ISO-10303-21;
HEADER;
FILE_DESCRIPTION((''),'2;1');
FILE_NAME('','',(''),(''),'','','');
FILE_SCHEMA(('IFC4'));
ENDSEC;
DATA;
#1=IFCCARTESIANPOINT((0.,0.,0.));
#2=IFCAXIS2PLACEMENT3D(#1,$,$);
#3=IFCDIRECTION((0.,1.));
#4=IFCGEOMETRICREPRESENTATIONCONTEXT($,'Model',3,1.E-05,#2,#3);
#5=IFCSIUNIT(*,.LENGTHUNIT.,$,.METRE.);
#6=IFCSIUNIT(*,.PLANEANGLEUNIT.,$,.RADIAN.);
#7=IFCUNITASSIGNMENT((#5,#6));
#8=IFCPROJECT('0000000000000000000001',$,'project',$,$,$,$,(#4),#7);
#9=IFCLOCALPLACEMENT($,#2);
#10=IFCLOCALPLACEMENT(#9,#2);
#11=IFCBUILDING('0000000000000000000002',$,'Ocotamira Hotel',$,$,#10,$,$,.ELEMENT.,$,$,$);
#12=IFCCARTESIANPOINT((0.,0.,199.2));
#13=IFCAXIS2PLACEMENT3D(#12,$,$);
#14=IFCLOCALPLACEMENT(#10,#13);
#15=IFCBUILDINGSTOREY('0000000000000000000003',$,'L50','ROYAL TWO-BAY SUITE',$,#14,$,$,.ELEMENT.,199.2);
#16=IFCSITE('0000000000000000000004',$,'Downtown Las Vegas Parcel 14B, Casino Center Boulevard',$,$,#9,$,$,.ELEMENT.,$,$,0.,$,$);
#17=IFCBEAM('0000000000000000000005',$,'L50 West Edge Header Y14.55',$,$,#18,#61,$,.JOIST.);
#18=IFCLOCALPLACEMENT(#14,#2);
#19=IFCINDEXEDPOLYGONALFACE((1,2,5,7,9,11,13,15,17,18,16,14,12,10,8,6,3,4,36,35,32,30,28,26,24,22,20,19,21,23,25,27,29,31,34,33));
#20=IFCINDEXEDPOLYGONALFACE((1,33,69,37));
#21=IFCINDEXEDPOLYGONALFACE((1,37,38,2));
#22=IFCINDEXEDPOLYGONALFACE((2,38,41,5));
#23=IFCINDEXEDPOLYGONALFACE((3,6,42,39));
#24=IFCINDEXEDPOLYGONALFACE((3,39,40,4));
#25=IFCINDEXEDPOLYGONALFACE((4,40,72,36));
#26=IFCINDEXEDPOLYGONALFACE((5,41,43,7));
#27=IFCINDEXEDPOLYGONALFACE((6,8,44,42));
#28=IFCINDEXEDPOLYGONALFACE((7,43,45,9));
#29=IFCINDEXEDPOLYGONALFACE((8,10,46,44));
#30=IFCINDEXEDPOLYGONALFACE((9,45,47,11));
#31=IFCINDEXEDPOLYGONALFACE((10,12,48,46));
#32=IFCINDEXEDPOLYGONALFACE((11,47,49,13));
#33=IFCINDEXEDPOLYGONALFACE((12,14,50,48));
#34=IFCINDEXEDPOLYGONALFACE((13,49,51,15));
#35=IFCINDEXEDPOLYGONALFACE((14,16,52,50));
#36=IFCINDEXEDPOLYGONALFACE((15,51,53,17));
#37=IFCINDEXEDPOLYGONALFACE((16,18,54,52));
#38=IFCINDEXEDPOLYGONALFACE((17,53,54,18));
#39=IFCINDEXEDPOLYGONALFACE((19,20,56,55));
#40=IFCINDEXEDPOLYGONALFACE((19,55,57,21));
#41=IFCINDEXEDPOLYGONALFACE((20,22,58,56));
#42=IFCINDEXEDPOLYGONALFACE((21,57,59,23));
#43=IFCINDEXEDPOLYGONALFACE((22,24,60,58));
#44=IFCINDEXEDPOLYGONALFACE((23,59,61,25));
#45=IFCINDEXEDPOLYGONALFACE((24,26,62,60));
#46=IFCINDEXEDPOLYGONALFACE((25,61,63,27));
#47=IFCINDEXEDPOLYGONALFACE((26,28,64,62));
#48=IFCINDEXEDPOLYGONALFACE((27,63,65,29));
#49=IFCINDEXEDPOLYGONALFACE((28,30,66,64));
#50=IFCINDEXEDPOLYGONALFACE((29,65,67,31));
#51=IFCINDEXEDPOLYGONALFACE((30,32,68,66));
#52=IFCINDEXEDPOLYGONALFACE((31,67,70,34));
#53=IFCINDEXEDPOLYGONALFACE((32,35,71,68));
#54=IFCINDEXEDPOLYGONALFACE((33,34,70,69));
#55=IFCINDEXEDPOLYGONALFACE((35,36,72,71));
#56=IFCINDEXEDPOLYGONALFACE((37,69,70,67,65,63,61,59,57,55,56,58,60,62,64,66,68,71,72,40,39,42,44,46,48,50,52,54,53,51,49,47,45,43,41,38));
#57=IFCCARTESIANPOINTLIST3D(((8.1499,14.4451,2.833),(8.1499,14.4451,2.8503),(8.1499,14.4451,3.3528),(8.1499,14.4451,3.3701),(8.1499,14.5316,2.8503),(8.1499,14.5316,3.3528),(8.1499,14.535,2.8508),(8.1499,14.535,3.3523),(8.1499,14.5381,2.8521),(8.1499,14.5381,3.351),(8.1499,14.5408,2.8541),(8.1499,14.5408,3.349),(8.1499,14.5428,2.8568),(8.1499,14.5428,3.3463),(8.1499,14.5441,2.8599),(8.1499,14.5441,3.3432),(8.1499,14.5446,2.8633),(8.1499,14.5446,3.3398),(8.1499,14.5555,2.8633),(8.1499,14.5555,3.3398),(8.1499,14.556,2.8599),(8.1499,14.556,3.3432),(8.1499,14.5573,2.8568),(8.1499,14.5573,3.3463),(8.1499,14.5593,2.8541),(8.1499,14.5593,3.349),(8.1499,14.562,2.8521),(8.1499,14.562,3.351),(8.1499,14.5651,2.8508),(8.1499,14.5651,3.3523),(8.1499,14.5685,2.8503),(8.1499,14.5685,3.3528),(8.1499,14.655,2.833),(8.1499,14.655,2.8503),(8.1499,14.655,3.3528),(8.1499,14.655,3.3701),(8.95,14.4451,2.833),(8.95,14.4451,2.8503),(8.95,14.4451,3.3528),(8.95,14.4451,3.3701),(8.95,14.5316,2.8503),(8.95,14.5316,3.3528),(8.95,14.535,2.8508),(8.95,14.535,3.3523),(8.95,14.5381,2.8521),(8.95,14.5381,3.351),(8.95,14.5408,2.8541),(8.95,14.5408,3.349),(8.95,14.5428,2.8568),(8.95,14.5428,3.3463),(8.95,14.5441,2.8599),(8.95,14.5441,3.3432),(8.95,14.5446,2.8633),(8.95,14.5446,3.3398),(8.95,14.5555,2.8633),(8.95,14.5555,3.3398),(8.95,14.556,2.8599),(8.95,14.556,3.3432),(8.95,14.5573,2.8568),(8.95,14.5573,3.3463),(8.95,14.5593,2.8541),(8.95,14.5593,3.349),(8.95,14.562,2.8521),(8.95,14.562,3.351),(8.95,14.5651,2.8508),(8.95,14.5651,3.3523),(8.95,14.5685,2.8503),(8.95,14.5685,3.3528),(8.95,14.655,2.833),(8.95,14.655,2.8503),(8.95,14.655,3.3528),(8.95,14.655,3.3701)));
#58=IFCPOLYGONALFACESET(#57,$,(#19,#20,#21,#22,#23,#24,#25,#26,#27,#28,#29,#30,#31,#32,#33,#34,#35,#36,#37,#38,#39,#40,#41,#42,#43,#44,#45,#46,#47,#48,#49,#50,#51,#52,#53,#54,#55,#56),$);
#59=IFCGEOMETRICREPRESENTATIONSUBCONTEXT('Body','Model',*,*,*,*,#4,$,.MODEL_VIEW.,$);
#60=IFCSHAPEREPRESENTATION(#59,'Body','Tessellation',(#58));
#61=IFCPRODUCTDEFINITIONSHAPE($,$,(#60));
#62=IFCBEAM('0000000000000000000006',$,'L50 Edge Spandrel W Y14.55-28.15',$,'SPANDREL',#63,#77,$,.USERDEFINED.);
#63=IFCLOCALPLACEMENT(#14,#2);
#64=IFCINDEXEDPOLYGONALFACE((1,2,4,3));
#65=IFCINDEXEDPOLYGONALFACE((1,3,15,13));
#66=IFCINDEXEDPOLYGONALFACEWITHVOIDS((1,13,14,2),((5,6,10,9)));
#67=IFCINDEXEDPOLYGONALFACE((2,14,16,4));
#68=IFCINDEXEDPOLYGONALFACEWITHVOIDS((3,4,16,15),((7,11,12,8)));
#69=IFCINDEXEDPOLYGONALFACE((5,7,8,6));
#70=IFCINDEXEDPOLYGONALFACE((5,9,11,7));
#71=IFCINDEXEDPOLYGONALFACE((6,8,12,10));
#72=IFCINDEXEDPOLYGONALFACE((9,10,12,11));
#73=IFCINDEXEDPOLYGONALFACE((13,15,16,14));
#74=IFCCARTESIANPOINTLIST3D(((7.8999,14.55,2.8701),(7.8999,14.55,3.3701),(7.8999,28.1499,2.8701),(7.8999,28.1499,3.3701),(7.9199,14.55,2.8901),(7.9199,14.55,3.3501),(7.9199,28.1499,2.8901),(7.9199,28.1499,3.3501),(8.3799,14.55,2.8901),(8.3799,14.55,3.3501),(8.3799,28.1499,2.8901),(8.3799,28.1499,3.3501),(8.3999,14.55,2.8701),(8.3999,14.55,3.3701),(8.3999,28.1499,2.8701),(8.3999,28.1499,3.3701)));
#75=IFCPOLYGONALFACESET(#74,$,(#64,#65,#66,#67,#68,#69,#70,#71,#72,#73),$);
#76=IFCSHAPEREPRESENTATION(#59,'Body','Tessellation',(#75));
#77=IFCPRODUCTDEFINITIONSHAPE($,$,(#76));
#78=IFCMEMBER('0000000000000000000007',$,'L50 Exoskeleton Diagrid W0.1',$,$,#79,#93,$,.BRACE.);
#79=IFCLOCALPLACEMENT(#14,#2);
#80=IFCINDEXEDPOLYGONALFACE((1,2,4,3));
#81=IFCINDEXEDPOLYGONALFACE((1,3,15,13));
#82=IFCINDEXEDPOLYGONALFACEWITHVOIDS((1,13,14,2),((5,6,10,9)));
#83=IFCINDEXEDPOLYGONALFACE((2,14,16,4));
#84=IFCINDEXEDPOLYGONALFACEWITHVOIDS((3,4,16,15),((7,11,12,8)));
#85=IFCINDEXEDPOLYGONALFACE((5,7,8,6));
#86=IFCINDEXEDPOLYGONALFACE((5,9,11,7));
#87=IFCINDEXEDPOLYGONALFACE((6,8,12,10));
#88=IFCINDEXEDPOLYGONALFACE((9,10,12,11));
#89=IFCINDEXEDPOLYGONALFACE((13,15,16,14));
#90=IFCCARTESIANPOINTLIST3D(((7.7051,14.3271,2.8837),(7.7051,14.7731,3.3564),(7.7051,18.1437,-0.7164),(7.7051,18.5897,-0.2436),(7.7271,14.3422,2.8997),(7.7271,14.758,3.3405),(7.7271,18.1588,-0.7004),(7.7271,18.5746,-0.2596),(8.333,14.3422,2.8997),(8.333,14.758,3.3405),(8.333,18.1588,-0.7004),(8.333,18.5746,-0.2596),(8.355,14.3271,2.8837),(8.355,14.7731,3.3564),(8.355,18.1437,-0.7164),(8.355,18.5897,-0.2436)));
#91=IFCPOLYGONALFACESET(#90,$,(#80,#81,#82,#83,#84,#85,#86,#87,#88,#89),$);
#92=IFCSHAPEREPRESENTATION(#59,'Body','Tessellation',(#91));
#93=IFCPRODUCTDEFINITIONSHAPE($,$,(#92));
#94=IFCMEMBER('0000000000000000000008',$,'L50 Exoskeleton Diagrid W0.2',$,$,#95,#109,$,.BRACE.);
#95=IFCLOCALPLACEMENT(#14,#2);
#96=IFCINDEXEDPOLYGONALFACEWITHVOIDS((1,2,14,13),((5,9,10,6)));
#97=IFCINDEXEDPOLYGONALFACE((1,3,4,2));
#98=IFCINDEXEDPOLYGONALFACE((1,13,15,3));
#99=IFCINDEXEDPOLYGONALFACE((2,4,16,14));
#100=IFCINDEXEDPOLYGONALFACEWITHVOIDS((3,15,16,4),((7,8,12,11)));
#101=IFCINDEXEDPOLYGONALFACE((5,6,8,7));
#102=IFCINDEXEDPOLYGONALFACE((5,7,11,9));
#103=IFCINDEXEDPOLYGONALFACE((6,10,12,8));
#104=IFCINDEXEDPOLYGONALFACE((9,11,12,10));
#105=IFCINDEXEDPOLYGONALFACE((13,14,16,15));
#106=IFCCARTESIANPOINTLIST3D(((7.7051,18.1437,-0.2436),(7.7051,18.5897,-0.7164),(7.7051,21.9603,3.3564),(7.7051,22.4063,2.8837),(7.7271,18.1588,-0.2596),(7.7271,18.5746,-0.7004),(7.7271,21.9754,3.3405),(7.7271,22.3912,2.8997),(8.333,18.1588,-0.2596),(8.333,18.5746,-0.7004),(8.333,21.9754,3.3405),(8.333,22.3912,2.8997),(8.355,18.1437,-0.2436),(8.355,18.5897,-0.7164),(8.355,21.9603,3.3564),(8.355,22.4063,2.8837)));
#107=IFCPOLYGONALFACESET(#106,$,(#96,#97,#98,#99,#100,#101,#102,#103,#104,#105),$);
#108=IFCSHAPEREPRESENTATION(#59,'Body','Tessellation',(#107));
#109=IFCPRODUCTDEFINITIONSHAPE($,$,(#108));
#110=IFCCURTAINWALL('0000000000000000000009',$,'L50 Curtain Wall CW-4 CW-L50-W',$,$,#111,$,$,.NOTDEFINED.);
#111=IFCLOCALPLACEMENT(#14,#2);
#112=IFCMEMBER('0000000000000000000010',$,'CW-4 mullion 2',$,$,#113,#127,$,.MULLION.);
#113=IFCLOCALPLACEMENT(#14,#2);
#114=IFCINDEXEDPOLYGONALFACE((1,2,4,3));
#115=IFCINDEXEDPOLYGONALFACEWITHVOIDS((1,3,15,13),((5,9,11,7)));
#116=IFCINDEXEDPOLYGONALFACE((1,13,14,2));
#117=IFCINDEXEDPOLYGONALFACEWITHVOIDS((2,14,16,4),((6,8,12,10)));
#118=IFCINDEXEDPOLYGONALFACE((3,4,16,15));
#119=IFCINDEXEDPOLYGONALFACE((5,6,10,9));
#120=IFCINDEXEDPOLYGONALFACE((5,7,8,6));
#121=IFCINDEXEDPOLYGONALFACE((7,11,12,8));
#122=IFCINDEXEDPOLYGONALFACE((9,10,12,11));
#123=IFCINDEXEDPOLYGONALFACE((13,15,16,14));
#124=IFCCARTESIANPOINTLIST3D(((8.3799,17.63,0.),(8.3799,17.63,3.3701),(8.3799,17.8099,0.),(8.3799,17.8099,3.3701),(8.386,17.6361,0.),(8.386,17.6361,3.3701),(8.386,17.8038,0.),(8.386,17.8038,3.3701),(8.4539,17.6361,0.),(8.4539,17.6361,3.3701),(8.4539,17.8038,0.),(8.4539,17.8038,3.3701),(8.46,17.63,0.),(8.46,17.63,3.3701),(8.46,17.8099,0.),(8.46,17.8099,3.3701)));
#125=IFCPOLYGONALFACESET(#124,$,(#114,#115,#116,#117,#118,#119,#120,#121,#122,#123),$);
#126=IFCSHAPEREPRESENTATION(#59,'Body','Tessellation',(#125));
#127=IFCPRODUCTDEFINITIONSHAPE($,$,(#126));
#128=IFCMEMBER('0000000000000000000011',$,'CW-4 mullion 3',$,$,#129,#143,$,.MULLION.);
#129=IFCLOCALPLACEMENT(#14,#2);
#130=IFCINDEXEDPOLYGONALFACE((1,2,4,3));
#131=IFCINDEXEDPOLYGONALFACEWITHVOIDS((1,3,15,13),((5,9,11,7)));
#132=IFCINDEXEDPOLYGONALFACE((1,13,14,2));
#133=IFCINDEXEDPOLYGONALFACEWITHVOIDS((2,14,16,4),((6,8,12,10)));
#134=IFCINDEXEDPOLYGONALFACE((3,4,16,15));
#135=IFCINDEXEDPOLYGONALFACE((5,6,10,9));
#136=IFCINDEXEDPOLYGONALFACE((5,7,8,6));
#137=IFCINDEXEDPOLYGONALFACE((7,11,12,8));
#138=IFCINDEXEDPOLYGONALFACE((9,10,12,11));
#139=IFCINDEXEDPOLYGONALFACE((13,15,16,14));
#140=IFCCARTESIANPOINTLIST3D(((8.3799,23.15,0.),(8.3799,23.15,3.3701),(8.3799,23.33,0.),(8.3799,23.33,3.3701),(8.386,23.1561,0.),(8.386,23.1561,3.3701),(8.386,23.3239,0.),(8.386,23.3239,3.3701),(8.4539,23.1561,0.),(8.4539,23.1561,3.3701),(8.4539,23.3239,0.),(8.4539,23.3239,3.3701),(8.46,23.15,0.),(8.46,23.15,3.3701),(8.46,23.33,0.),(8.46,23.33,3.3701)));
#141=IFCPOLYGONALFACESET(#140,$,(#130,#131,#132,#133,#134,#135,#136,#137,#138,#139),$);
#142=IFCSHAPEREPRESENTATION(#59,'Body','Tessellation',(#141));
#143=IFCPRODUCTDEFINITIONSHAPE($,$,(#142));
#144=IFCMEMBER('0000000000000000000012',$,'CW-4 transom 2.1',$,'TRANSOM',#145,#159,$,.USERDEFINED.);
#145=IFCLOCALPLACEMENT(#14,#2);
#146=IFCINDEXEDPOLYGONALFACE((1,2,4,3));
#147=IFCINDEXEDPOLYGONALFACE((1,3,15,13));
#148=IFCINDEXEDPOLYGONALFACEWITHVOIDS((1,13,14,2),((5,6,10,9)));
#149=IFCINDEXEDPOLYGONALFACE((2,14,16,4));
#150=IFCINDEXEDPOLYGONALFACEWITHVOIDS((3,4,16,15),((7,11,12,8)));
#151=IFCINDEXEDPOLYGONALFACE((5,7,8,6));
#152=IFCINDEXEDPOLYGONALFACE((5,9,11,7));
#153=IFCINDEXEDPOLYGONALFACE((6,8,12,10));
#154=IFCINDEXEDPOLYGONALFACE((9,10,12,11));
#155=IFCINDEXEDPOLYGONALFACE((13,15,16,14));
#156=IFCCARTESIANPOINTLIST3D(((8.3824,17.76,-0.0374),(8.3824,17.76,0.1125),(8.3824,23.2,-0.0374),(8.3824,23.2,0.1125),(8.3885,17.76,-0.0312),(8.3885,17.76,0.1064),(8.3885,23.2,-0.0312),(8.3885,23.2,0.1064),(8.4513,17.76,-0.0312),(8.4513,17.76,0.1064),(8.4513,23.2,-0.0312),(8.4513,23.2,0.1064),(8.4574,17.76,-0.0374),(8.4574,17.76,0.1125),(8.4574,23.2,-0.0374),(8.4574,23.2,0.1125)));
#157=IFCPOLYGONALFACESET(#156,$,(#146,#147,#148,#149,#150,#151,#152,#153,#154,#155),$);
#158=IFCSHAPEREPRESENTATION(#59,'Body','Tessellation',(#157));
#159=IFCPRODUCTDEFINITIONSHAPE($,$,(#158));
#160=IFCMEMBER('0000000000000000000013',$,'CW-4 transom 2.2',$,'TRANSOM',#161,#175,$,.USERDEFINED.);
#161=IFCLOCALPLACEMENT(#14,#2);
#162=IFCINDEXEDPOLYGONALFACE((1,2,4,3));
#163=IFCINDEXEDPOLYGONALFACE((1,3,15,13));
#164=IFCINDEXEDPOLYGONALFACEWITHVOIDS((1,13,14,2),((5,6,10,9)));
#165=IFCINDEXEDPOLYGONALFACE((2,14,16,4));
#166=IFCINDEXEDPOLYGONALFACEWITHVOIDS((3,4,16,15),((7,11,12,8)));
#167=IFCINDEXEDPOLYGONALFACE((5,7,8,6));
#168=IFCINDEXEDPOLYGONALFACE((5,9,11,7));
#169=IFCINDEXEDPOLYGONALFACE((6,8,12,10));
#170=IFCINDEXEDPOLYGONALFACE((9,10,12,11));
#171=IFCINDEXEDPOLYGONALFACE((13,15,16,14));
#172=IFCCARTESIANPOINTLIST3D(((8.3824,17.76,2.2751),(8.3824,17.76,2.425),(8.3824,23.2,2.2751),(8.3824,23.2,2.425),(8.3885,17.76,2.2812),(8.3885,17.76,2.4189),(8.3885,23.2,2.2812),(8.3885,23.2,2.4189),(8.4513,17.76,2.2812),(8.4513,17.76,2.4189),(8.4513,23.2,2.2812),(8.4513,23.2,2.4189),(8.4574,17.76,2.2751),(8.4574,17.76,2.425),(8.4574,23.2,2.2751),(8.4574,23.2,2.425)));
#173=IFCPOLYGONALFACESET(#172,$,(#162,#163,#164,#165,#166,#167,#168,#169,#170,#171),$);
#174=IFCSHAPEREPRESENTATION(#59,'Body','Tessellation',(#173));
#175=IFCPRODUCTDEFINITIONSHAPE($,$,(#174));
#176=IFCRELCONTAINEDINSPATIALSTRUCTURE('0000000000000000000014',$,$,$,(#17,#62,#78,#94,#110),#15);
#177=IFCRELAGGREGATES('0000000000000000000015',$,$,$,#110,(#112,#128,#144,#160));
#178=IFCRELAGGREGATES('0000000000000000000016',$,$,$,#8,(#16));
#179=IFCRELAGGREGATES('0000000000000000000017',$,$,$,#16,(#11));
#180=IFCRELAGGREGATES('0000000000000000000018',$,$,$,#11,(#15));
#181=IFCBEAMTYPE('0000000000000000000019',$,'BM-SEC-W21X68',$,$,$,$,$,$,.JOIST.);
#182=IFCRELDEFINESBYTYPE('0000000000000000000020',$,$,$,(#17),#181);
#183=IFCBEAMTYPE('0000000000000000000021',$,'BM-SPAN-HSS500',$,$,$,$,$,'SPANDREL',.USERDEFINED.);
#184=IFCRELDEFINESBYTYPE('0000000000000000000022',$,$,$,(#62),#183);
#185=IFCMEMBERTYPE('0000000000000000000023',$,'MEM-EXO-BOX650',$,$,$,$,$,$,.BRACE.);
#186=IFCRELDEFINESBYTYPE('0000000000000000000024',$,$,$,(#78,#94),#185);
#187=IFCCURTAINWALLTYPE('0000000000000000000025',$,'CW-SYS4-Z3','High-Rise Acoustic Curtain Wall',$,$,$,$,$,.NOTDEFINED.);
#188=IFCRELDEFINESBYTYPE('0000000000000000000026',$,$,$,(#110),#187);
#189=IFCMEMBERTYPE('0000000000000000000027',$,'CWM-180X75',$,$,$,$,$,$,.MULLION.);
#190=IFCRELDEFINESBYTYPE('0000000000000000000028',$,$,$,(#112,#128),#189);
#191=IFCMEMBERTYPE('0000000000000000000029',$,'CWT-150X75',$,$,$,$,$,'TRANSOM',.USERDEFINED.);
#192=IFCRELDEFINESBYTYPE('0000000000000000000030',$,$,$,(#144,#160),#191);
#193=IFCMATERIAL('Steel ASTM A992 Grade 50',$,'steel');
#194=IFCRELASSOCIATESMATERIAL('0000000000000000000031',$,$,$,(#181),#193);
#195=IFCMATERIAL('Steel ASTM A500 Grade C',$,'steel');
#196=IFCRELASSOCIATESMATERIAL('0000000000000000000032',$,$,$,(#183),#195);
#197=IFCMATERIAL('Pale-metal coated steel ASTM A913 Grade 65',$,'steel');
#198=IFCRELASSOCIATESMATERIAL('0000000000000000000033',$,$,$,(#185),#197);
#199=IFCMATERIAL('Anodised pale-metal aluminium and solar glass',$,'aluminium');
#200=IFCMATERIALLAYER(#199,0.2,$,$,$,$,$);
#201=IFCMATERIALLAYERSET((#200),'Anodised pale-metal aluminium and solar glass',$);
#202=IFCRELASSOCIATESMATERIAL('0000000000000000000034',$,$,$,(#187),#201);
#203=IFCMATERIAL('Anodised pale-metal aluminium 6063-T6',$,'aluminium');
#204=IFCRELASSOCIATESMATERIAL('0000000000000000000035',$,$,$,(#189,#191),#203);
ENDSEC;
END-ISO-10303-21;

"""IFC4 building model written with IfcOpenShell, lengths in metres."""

from ifc_helpers import new_model, si_unit, direction, frame, origin, origin_2d, place, context, subcontext, project, spatial, hollow_rectangle, i_section, extrude, source, transform, mapped, material, layer, layer_set, material_profile, profile_set, type_object, element, aggregate, save


model = new_model("IFC4")

# Units and contexts
model_context = context("Model", 3, precision=1e-05, world=origin(), true_north=direction((0.0, 1.0)))
body_context = subcontext(model_context, "Body", "Model", "MODEL_VIEW")
ifc_project = project(units=[si_unit("LENGTHUNIT", "METRE"), si_unit("PLANEANGLEUNIT", "RADIAN")], contexts=[model_context])

# Site, building, storey
site_placement = place(None, origin())
site = spatial("IfcSite", under=ifc_project, at=site_placement, Name="Downtown Las Vegas Parcel 14B, Casino Center Boulevard", CompositionType="ELEMENT", RefElevation=0.0)
building_placement = place(site_placement, origin())
building = spatial("IfcBuilding", under=site, at=building_placement, Name="Ocotamira Hotel", CompositionType="ELEMENT")
storey_placement = place(building_placement, frame((0.0, 0.0, 199.2)))
storey = spatial("IfcBuildingStorey", under=building, at=storey_placement, Name="L50", Description="ROYAL TWO-BAY SUITE", CompositionType="ELEMENT", Elevation=199.2)

# Beams
ifc_material_1 = material(Name="Steel ASTM A992 Grade 50", Category="steel")
ifc_material_profile_1 = material_profile(ifc_material_1, i_section(OverallWidth=0.21, OverallDepth=0.5371, WebThickness=0.011, FlangeThickness=0.0173, FilletRadius=0.0129, at=origin_2d()), Name="W21X68")
ifc_profile_set_1 = profile_set([ifc_material_profile_1], Name="Steel ASTM A992 Grade 50")
beam_type_1 = type_object("IfcBeamType", Name="BM-SEC-W21X68", PredefinedType="JOIST", material=ifc_profile_set_1)
shared_shape_1 = source(origin(), body_context, "Body", "SweptSolid", [
    extrude(i_section(OverallWidth=0.21, OverallDepth=0.5371, WebThickness=0.011, FlangeThickness=0.0173, FilletRadius=0.0129, at=origin_2d()), origin(), (0.0, 0.0, 1.0), 0.8),
])
beam_1_placement = place(storey_placement, frame((8.95, 14.55, 3.1016), z_axis=(-1.0, 0.0, 0.0), x_axis=(0.0, -1.0, 0.0)))
element("IfcBeam", 1, at=beam_1_placement, inside=storey, type_object=beam_type_1, Name="L50 West Edge Header Y14.55", PredefinedType="JOIST", context=body_context, shape_type="MappedRepresentation", body=[
    mapped(shared_shape_1, transform((0.0, 0.0, 0.0), scale=1.0)),
])
ifc_material_2 = material(Name="Steel ASTM A500 Grade C", Category="steel")
ifc_material_profile_2 = material_profile(ifc_material_2, hollow_rectangle(XDim=0.5, YDim=0.5, WallThickness=0.02, at=origin_2d()), Name="HSS500X500X20")
ifc_profile_set_2 = profile_set([ifc_material_profile_2], Name="Steel ASTM A500 Grade C")
beam_type_2 = type_object("IfcBeamType", Name="BM-SPAN-HSS500", ElementType="SPANDREL", PredefinedType="USERDEFINED", material=ifc_profile_set_2)
shared_shape_2 = source(origin(), body_context, "Body", "SweptSolid", [
    extrude(hollow_rectangle(XDim=0.5, YDim=0.5, WallThickness=0.02, at=origin_2d()), origin(), (0.0, 0.0, 1.0), 13.5999),
])
beam_2_placement = place(storey_placement, frame((8.1499, 14.55, 3.1201), z_axis=(0.0, 1.0, 0.0), x_axis=(-1.0, 0.0, 0.0)))
element("IfcBeam", 2, at=beam_2_placement, inside=storey, type_object=beam_type_2, Name="L50 Edge Spandrel W Y14.55-28.15", ObjectType="SPANDREL", PredefinedType="USERDEFINED", context=body_context, shape_type="MappedRepresentation", body=[
    mapped(shared_shape_2, transform((0.0, 0.0, 0.0), scale=1.0)),
])

# Members
ifc_material_3 = material(Name="Pale-metal coated steel ASTM A913 Grade 65", Category="steel")
ifc_material_profile_3 = material_profile(ifc_material_3, hollow_rectangle(XDim=0.6499, YDim=0.6499, WallThickness=0.022, at=origin_2d()), Name="BOX650X650X22")
ifc_profile_set_3 = profile_set([ifc_material_profile_3], Name="Pale-metal coated steel ASTM A913 Grade 65")
member_type_1 = type_object("IfcMemberType", Name="MEM-EXO-BOX650", PredefinedType="BRACE", material=ifc_profile_set_3)
shared_shape_3 = source(origin(), body_context, "Body", "SweptSolid", [
    extrude(hollow_rectangle(XDim=0.6499, YDim=0.6499, WallThickness=0.022, at=origin_2d()), origin(), (0.0, 0.0, 1.0), 5.2466),
])
for number, where, z_axis, x_axis, name in (
    (3, (8.03, 18.3667, -0.48), (0.0, -0.727443, 0.686168), (1.0, 0.0, 0.0), "L50 Exoskeleton Diagrid W0.1"),
    (4, (8.03, 18.3667, -0.48), (0.0, 0.727443, 0.686168), (-1.0, 0.0, 0.0), "L50 Exoskeleton Diagrid W0.2"),
):
    element("IfcMember", number, at=place(storey_placement, frame(where, z_axis=z_axis, x_axis=x_axis)), inside=storey, type_object=member_type_1, Name=name, PredefinedType="BRACE", context=body_context, shape_type="MappedRepresentation", body=[
        mapped(shared_shape_3, transform((0.0, 0.0, 0.0), scale=1.0)),
    ])

# Curtain wall, members
ifc_material_4 = material(Name="Anodised pale-metal aluminium and solar glass", Category="aluminium")
ifc_layer_1 = layer(ifc_material_4, 0.2)
ifc_layer_set_1 = layer_set([ifc_layer_1], Name="Anodised pale-metal aluminium and solar glass")
curtain_wall_type = type_object("IfcCurtainWallType", Name="CW-SYS4-Z3", Description="High-Rise Acoustic Curtain Wall", PredefinedType="NOTDEFINED", material=ifc_layer_set_1)
curtain_wall_placement = place(storey_placement, origin())
curtain_wall = element("IfcCurtainWall", 5, at=curtain_wall_placement, inside=storey, type_object=curtain_wall_type, Name="L50 Curtain Wall CW-4 CW-L50-W", PredefinedType="NOTDEFINED")
ifc_material_5 = material(Name="Anodised pale-metal aluminium 6063-T6", Category="aluminium")
ifc_material_profile_4 = material_profile(ifc_material_5, hollow_rectangle(XDim=0.0801, YDim=0.1799, WallThickness=0.0061, at=origin_2d()), Name="HSS180X80X6")
ifc_profile_set_4 = profile_set([ifc_material_profile_4], Name="Anodised pale-metal aluminium 6063-T6")
member_type_2 = type_object("IfcMemberType", Name="CWM-180X75", PredefinedType="MULLION", material=ifc_profile_set_4)
shared_shape_4 = source(origin(), body_context, "Body", "SweptSolid", [
    extrude(hollow_rectangle(XDim=0.0801, YDim=0.1799, WallThickness=0.0061, at=origin_2d()), origin(), (0.0, 0.0, 1.0), 3.3701),
])
member_1_placement = place(storey_placement, frame((8.4199, 17.72, 0.0), z_axis=(0.0, 0.0, 1.0), x_axis=(-1.0, 0.0, 0.0)))
member_1 = element("IfcMember", 6, at=member_1_placement, type_object=member_type_2, Name="CW-4 mullion 2", PredefinedType="MULLION", context=body_context, shape_type="MappedRepresentation", body=[
    mapped(shared_shape_4, transform((0.0, 0.0, 0.0), scale=1.0)),
])
member_2_placement = place(storey_placement, frame((8.4199, 23.24, 0.0), z_axis=(0.0, 0.0, 1.0), x_axis=(-1.0, 0.0, 0.0)))
member_2 = element("IfcMember", 7, at=member_2_placement, type_object=member_type_2, Name="CW-4 mullion 3", PredefinedType="MULLION", context=body_context, shape_type="MappedRepresentation", body=[
    mapped(shared_shape_4, transform((0.0, 0.0, 0.0), scale=1.0)),
])
ifc_material_profile_5 = material_profile(ifc_material_5, hollow_rectangle(XDim=0.075, YDim=0.1499, WallThickness=0.0061, at=origin_2d()), Name="HSS150X75X6")
ifc_profile_set_5 = profile_set([ifc_material_profile_5], Name="Anodised pale-metal aluminium 6063-T6")
member_type_3 = type_object("IfcMemberType", Name="CWT-150X75", ElementType="TRANSOM", PredefinedType="USERDEFINED", material=ifc_profile_set_5)
shared_shape_5 = source(origin(), body_context, "Body", "SweptSolid", [
    extrude(hollow_rectangle(XDim=0.075, YDim=0.1499, WallThickness=0.0061, at=origin_2d()), origin(), (0.0, 0.0, 1.0), 5.4399),
])
member_3_placement = place(storey_placement, frame((8.4199, 17.76, 0.0376), z_axis=(0.0, 1.0, 0.0), x_axis=(-1.0, 0.0, 0.0)))
member_3 = element("IfcMember", 8, at=member_3_placement, type_object=member_type_3, Name="CW-4 transom 2.1", ObjectType="TRANSOM", PredefinedType="USERDEFINED", context=body_context, shape_type="MappedRepresentation", body=[
    mapped(shared_shape_5, transform((0.0, 0.0, 0.0), scale=1.0)),
])
member_4_placement = place(storey_placement, frame((8.4199, 17.76, 2.3501), z_axis=(0.0, 1.0, 0.0), x_axis=(-1.0, 0.0, 0.0)))
member_4 = element("IfcMember", 9, at=member_4_placement, type_object=member_type_3, Name="CW-4 transom 2.2", ObjectType="TRANSOM", PredefinedType="USERDEFINED", context=body_context, shape_type="MappedRepresentation", body=[
    mapped(shared_shape_5, transform((0.0, 0.0, 0.0), scale=1.0)),
])

aggregate(curtain_wall, [member_1, member_2, member_3, member_4])

save(model, "model.ifc")
